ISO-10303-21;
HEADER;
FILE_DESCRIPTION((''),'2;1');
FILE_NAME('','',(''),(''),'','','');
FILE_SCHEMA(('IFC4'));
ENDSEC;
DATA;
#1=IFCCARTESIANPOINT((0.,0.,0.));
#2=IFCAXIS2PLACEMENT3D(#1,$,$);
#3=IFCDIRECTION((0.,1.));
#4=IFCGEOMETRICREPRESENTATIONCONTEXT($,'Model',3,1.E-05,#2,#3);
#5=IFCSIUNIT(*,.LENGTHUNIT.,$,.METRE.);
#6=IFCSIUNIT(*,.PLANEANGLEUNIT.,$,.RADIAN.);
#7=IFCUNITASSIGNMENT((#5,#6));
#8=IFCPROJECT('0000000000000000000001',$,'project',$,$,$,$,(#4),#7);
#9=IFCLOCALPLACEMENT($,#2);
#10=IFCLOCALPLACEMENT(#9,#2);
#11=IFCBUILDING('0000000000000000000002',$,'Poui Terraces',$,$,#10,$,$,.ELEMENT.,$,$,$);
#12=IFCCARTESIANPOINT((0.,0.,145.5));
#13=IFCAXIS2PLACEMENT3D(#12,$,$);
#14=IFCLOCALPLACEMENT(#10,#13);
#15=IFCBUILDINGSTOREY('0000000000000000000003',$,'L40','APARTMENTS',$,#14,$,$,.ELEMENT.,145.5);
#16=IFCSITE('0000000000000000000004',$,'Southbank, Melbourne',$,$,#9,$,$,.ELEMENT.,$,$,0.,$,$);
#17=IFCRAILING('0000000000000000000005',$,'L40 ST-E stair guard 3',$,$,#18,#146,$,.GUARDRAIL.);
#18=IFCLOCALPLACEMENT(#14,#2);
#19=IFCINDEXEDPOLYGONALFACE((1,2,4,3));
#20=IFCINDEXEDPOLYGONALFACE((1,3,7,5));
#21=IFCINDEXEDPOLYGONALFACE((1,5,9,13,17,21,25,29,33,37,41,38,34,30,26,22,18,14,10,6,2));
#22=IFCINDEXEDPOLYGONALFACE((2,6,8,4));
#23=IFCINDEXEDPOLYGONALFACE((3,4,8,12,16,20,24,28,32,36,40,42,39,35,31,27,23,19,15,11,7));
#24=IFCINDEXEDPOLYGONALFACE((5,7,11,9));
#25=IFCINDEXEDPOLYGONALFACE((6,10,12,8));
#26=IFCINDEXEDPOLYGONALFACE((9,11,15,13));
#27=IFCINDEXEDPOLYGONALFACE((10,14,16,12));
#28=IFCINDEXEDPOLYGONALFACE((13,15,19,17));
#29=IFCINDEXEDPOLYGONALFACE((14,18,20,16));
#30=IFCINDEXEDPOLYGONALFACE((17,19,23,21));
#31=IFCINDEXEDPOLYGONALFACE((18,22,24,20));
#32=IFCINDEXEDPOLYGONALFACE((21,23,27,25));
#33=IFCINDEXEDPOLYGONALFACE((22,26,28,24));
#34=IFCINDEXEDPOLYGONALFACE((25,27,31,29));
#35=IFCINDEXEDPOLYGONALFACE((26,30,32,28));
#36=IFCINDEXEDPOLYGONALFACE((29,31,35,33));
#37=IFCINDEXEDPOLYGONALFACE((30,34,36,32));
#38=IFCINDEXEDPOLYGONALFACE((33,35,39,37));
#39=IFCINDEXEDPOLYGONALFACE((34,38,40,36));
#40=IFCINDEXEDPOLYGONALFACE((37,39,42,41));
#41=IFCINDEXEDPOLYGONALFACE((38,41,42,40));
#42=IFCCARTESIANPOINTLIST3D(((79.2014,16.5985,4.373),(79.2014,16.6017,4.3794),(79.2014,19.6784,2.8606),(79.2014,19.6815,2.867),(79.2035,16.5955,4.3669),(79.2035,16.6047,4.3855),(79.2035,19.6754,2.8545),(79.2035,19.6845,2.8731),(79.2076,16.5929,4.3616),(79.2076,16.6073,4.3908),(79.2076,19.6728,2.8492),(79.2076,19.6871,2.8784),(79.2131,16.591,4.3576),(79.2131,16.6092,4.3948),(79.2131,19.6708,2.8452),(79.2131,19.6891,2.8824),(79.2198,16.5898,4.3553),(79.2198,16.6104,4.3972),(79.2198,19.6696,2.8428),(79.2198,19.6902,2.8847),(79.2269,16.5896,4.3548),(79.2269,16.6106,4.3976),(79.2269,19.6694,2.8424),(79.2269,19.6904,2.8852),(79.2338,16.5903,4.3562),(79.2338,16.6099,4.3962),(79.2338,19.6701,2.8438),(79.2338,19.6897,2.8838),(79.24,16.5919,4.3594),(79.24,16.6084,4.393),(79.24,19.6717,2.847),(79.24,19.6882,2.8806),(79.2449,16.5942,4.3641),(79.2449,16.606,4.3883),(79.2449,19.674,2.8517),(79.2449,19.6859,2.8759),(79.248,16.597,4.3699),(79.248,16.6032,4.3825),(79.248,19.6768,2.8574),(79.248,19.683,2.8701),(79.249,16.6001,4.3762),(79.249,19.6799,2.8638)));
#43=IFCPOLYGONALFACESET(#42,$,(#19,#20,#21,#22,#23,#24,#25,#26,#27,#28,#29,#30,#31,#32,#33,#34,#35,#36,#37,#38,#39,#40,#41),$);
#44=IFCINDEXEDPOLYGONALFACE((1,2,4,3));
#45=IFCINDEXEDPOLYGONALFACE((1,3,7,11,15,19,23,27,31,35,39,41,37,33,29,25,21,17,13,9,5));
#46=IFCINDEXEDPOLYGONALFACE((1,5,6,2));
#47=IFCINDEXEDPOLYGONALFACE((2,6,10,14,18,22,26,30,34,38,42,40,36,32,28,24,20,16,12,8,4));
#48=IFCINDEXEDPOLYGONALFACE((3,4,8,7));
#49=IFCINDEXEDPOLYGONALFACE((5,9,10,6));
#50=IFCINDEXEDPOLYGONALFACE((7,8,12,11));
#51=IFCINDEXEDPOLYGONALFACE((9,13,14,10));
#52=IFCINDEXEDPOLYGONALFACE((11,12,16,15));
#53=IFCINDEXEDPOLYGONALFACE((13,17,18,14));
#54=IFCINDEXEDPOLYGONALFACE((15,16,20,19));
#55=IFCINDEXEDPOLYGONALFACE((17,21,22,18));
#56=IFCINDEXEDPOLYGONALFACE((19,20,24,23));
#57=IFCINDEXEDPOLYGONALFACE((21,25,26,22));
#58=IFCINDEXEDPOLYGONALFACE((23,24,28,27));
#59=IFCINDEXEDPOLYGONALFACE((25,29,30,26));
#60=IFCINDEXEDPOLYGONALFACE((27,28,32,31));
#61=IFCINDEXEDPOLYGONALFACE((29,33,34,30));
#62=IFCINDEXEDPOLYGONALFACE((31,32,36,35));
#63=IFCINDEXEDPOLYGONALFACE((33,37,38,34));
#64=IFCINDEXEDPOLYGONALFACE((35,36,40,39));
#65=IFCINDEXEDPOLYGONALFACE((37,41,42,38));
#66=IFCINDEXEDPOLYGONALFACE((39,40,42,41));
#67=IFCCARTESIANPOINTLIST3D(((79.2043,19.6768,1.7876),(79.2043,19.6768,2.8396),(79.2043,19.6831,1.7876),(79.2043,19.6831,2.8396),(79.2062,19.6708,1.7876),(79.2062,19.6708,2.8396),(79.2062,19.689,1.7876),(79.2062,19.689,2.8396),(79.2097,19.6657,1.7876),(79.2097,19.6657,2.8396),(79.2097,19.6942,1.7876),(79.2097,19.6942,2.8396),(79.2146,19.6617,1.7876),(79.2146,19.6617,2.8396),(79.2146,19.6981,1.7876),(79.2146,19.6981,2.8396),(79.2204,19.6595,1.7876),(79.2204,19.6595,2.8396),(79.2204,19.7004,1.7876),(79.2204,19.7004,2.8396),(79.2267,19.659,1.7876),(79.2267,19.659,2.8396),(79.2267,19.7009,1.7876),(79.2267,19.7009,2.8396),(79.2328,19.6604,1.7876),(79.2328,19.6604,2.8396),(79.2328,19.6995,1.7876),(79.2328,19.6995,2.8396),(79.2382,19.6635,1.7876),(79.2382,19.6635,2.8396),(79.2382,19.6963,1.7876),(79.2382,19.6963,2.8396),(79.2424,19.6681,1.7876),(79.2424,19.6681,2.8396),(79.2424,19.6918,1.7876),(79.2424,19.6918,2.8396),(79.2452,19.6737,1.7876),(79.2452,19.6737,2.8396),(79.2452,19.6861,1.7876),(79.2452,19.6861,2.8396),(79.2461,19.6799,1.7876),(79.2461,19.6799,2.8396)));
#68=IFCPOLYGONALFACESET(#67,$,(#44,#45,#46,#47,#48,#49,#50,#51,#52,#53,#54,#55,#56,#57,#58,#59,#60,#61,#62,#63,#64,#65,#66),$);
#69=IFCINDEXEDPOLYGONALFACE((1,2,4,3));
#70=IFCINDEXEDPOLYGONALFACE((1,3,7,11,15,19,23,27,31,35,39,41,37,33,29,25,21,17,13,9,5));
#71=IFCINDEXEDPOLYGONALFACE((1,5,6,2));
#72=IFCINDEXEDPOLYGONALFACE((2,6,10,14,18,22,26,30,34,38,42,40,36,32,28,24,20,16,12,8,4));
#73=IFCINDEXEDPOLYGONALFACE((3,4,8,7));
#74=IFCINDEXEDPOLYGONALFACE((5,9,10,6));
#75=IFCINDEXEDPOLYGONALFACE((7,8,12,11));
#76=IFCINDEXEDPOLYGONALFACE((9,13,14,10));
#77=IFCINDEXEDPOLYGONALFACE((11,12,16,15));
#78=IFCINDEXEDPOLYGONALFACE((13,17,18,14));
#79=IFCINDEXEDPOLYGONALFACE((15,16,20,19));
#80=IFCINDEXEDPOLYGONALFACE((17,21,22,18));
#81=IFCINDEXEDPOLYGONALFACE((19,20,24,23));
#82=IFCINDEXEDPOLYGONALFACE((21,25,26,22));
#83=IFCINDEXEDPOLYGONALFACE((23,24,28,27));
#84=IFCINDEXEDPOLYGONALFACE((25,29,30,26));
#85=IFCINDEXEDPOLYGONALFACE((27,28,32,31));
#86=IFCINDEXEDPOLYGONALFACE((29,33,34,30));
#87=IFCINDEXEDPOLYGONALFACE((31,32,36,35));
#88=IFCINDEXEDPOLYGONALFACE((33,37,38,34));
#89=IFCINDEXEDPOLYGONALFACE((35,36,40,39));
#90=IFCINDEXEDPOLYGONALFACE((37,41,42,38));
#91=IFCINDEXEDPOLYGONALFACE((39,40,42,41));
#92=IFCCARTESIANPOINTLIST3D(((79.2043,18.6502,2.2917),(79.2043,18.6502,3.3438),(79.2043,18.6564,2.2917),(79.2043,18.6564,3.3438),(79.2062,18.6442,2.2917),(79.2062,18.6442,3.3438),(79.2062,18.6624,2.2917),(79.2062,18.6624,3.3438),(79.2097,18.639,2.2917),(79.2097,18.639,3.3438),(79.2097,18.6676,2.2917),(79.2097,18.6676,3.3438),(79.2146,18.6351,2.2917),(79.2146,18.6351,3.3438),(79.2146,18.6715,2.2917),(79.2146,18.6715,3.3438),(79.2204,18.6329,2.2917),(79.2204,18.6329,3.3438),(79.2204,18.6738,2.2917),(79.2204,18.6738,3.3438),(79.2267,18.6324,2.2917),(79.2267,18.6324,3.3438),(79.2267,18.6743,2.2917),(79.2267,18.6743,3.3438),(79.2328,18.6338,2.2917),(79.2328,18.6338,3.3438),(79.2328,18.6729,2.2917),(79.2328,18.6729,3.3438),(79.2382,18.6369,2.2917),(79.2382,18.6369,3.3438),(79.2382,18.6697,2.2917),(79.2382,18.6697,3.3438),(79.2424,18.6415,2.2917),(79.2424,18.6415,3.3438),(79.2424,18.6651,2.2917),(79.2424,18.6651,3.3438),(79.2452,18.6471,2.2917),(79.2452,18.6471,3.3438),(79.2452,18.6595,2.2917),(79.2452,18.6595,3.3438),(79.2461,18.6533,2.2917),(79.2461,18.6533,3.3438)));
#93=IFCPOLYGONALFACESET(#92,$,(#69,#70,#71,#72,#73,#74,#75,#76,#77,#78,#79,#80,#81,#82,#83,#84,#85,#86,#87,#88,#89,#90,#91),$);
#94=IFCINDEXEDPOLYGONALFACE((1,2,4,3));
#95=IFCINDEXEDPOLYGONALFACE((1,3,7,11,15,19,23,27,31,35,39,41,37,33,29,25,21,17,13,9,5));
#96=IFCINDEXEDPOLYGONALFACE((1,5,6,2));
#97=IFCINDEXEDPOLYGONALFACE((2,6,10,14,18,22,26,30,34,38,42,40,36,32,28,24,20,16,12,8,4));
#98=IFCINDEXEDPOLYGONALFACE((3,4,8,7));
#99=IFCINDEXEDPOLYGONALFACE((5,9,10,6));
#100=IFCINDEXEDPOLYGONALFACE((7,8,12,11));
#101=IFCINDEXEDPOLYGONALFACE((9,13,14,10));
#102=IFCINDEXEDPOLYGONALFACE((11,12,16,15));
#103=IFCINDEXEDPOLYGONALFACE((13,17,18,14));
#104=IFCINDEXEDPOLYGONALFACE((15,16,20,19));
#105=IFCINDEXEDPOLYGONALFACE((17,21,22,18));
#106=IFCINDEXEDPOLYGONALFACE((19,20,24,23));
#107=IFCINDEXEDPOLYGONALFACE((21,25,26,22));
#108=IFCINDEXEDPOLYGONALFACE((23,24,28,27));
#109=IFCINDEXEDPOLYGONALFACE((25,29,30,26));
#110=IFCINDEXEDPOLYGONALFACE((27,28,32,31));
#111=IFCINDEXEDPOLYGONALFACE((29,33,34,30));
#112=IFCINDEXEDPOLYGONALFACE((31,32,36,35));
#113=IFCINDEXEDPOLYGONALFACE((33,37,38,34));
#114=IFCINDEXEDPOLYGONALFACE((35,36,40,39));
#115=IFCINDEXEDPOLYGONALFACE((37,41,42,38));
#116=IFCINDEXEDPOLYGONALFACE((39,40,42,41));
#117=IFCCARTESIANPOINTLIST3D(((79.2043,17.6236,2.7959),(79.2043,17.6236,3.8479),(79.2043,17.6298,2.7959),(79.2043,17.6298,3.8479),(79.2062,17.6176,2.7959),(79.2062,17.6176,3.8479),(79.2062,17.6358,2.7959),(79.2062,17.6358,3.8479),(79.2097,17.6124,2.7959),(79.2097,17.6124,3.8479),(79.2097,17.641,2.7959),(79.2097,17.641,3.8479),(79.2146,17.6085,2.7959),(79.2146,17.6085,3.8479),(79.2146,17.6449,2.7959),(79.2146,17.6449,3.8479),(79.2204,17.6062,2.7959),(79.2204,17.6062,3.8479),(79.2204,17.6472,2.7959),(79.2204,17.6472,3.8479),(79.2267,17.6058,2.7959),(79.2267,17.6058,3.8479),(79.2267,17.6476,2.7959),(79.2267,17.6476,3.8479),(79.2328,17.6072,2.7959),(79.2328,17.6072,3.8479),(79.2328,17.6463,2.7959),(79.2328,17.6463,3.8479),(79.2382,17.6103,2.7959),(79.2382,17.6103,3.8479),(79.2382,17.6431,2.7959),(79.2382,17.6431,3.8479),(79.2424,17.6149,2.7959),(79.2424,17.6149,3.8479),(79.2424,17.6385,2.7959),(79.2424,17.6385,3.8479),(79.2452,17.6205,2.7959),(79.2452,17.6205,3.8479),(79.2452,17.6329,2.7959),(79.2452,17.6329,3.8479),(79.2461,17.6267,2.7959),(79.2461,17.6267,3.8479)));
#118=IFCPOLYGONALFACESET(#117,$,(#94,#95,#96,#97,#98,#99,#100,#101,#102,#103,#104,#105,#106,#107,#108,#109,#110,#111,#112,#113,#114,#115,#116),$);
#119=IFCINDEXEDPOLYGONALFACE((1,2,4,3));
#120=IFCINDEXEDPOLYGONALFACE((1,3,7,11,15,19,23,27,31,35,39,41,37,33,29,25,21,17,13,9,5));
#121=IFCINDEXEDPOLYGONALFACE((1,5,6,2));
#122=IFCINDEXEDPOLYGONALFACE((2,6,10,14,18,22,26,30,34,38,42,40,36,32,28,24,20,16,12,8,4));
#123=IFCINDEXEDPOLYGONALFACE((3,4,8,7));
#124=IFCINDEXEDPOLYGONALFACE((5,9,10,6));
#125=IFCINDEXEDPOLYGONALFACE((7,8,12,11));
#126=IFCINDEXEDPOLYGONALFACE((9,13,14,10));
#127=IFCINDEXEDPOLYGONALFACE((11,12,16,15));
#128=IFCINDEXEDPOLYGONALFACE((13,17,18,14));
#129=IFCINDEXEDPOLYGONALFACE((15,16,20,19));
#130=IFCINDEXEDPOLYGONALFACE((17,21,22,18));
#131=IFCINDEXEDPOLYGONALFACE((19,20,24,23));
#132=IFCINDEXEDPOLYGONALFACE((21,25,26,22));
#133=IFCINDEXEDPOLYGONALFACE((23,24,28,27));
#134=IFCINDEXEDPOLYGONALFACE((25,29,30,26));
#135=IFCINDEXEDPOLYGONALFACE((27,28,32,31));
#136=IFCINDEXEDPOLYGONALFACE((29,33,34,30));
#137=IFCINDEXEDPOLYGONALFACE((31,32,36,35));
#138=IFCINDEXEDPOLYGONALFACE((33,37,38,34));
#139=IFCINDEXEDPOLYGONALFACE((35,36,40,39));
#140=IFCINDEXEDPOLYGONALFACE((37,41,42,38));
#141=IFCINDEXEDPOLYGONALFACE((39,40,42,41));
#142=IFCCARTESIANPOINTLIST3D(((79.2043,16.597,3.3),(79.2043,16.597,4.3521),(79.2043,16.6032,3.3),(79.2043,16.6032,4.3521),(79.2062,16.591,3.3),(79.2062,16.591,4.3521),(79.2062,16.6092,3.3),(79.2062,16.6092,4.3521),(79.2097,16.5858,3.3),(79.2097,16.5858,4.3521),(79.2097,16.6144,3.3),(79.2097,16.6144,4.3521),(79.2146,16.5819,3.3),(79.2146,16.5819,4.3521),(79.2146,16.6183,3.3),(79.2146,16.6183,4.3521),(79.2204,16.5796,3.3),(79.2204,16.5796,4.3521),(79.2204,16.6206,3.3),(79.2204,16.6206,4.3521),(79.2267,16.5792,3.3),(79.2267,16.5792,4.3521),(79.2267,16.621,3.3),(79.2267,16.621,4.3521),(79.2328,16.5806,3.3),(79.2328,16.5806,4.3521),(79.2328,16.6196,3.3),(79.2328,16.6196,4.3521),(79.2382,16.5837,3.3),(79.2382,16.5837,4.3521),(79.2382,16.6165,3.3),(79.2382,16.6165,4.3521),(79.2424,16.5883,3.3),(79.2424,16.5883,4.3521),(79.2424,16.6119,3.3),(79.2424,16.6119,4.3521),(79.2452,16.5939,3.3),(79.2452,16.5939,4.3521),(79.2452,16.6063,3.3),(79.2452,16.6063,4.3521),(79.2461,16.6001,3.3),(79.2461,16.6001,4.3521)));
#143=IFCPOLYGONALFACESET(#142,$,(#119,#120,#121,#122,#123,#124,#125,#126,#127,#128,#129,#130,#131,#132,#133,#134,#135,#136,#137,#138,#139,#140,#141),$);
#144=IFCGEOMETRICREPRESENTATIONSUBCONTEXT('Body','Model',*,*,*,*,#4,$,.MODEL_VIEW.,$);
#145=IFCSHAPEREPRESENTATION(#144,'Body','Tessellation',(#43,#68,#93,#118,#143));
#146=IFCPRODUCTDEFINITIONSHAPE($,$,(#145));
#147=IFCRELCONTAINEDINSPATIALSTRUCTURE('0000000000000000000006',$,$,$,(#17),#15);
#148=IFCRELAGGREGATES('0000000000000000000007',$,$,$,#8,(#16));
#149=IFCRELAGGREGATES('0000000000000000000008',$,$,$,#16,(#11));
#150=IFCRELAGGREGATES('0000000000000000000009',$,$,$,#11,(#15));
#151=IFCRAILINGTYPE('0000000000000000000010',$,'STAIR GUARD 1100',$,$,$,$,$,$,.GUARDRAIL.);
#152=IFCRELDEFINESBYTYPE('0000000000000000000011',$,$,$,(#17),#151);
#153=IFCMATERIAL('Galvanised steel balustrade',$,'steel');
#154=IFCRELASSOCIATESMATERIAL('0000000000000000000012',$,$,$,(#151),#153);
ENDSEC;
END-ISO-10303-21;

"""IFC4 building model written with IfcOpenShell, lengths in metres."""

from ifc_helpers import new_model, si_unit, direction, frame, origin, origin_2d, place, context, subcontext, project, spatial, circle, extrude, material, type_object, element, save


model = new_model("IFC4")

# Units and contexts
model_context = context("Model", 3, precision=1e-05, world=origin(), true_north=direction((0.0, 1.0)))
body_context = subcontext(model_context, "Body", "Model", "MODEL_VIEW")
ifc_project = project(units=[si_unit("LENGTHUNIT", "METRE"), si_unit("PLANEANGLEUNIT", "RADIAN")], contexts=[model_context])

# Site, building, storey
site_placement = place(None, origin())
site = spatial("IfcSite", under=ifc_project, at=site_placement, Name="Southbank, Melbourne", CompositionType="ELEMENT", RefElevation=0.0)
building_placement = place(site_placement, origin())
building = spatial("IfcBuilding", under=site, at=building_placement, Name="Poui Terraces", CompositionType="ELEMENT")
storey_placement = place(building_placement, frame((0.0, 0.0, 145.5)))
storey = spatial("IfcBuildingStorey", under=building, at=storey_placement, Name="L40", Description="APARTMENTS", CompositionType="ELEMENT", Elevation=145.5)

# Railing
ifc_material_1 = material(Name="Galvanised steel balustrade", Category="steel")
railing_type_1 = type_object("IfcRailingType", Name="STAIR GUARD 1100", PredefinedType="GUARDRAIL", material=ifc_material_1)
railing_1_placement = place(storey_placement, frame((79.2251, 19.6799, 1.7876)))
element("IfcRailing", 1, at=railing_1_placement, inside=storey, type_object=railing_type_1, Name="L40 ST-E stair guard 3", PredefinedType="GUARDRAIL", context=body_context, shape_type="SweptSolid", body=[
    extrude(circle(Radius=0.0239, at=origin_2d()), frame((0.0, 0.0, 1.0762), z_axis=(0.0, -0.897606, 0.440798), x_axis=(1.0, 0.0, 0.0)), (0.0, 0.0, 1.0), 3.4312),
    extrude(circle(Radius=0.021, at=origin_2d()), origin(), (0.0, 0.0, 1.0), 1.052),
    extrude(circle(Radius=0.021, at=origin_2d()), frame((0.0, -1.0266, 0.5042)), (0.0, 0.0, 1.0), 1.052),
    extrude(circle(Radius=0.021, at=origin_2d()), frame((0.0, -2.0532, 1.0083)), (0.0, 0.0, 1.0), 1.052),
    extrude(circle(Radius=0.021, at=origin_2d()), frame((0.0, -3.0798, 1.5125)), (0.0, 0.0, 1.0), 1.052),
])

save(model, "model.ifc")
